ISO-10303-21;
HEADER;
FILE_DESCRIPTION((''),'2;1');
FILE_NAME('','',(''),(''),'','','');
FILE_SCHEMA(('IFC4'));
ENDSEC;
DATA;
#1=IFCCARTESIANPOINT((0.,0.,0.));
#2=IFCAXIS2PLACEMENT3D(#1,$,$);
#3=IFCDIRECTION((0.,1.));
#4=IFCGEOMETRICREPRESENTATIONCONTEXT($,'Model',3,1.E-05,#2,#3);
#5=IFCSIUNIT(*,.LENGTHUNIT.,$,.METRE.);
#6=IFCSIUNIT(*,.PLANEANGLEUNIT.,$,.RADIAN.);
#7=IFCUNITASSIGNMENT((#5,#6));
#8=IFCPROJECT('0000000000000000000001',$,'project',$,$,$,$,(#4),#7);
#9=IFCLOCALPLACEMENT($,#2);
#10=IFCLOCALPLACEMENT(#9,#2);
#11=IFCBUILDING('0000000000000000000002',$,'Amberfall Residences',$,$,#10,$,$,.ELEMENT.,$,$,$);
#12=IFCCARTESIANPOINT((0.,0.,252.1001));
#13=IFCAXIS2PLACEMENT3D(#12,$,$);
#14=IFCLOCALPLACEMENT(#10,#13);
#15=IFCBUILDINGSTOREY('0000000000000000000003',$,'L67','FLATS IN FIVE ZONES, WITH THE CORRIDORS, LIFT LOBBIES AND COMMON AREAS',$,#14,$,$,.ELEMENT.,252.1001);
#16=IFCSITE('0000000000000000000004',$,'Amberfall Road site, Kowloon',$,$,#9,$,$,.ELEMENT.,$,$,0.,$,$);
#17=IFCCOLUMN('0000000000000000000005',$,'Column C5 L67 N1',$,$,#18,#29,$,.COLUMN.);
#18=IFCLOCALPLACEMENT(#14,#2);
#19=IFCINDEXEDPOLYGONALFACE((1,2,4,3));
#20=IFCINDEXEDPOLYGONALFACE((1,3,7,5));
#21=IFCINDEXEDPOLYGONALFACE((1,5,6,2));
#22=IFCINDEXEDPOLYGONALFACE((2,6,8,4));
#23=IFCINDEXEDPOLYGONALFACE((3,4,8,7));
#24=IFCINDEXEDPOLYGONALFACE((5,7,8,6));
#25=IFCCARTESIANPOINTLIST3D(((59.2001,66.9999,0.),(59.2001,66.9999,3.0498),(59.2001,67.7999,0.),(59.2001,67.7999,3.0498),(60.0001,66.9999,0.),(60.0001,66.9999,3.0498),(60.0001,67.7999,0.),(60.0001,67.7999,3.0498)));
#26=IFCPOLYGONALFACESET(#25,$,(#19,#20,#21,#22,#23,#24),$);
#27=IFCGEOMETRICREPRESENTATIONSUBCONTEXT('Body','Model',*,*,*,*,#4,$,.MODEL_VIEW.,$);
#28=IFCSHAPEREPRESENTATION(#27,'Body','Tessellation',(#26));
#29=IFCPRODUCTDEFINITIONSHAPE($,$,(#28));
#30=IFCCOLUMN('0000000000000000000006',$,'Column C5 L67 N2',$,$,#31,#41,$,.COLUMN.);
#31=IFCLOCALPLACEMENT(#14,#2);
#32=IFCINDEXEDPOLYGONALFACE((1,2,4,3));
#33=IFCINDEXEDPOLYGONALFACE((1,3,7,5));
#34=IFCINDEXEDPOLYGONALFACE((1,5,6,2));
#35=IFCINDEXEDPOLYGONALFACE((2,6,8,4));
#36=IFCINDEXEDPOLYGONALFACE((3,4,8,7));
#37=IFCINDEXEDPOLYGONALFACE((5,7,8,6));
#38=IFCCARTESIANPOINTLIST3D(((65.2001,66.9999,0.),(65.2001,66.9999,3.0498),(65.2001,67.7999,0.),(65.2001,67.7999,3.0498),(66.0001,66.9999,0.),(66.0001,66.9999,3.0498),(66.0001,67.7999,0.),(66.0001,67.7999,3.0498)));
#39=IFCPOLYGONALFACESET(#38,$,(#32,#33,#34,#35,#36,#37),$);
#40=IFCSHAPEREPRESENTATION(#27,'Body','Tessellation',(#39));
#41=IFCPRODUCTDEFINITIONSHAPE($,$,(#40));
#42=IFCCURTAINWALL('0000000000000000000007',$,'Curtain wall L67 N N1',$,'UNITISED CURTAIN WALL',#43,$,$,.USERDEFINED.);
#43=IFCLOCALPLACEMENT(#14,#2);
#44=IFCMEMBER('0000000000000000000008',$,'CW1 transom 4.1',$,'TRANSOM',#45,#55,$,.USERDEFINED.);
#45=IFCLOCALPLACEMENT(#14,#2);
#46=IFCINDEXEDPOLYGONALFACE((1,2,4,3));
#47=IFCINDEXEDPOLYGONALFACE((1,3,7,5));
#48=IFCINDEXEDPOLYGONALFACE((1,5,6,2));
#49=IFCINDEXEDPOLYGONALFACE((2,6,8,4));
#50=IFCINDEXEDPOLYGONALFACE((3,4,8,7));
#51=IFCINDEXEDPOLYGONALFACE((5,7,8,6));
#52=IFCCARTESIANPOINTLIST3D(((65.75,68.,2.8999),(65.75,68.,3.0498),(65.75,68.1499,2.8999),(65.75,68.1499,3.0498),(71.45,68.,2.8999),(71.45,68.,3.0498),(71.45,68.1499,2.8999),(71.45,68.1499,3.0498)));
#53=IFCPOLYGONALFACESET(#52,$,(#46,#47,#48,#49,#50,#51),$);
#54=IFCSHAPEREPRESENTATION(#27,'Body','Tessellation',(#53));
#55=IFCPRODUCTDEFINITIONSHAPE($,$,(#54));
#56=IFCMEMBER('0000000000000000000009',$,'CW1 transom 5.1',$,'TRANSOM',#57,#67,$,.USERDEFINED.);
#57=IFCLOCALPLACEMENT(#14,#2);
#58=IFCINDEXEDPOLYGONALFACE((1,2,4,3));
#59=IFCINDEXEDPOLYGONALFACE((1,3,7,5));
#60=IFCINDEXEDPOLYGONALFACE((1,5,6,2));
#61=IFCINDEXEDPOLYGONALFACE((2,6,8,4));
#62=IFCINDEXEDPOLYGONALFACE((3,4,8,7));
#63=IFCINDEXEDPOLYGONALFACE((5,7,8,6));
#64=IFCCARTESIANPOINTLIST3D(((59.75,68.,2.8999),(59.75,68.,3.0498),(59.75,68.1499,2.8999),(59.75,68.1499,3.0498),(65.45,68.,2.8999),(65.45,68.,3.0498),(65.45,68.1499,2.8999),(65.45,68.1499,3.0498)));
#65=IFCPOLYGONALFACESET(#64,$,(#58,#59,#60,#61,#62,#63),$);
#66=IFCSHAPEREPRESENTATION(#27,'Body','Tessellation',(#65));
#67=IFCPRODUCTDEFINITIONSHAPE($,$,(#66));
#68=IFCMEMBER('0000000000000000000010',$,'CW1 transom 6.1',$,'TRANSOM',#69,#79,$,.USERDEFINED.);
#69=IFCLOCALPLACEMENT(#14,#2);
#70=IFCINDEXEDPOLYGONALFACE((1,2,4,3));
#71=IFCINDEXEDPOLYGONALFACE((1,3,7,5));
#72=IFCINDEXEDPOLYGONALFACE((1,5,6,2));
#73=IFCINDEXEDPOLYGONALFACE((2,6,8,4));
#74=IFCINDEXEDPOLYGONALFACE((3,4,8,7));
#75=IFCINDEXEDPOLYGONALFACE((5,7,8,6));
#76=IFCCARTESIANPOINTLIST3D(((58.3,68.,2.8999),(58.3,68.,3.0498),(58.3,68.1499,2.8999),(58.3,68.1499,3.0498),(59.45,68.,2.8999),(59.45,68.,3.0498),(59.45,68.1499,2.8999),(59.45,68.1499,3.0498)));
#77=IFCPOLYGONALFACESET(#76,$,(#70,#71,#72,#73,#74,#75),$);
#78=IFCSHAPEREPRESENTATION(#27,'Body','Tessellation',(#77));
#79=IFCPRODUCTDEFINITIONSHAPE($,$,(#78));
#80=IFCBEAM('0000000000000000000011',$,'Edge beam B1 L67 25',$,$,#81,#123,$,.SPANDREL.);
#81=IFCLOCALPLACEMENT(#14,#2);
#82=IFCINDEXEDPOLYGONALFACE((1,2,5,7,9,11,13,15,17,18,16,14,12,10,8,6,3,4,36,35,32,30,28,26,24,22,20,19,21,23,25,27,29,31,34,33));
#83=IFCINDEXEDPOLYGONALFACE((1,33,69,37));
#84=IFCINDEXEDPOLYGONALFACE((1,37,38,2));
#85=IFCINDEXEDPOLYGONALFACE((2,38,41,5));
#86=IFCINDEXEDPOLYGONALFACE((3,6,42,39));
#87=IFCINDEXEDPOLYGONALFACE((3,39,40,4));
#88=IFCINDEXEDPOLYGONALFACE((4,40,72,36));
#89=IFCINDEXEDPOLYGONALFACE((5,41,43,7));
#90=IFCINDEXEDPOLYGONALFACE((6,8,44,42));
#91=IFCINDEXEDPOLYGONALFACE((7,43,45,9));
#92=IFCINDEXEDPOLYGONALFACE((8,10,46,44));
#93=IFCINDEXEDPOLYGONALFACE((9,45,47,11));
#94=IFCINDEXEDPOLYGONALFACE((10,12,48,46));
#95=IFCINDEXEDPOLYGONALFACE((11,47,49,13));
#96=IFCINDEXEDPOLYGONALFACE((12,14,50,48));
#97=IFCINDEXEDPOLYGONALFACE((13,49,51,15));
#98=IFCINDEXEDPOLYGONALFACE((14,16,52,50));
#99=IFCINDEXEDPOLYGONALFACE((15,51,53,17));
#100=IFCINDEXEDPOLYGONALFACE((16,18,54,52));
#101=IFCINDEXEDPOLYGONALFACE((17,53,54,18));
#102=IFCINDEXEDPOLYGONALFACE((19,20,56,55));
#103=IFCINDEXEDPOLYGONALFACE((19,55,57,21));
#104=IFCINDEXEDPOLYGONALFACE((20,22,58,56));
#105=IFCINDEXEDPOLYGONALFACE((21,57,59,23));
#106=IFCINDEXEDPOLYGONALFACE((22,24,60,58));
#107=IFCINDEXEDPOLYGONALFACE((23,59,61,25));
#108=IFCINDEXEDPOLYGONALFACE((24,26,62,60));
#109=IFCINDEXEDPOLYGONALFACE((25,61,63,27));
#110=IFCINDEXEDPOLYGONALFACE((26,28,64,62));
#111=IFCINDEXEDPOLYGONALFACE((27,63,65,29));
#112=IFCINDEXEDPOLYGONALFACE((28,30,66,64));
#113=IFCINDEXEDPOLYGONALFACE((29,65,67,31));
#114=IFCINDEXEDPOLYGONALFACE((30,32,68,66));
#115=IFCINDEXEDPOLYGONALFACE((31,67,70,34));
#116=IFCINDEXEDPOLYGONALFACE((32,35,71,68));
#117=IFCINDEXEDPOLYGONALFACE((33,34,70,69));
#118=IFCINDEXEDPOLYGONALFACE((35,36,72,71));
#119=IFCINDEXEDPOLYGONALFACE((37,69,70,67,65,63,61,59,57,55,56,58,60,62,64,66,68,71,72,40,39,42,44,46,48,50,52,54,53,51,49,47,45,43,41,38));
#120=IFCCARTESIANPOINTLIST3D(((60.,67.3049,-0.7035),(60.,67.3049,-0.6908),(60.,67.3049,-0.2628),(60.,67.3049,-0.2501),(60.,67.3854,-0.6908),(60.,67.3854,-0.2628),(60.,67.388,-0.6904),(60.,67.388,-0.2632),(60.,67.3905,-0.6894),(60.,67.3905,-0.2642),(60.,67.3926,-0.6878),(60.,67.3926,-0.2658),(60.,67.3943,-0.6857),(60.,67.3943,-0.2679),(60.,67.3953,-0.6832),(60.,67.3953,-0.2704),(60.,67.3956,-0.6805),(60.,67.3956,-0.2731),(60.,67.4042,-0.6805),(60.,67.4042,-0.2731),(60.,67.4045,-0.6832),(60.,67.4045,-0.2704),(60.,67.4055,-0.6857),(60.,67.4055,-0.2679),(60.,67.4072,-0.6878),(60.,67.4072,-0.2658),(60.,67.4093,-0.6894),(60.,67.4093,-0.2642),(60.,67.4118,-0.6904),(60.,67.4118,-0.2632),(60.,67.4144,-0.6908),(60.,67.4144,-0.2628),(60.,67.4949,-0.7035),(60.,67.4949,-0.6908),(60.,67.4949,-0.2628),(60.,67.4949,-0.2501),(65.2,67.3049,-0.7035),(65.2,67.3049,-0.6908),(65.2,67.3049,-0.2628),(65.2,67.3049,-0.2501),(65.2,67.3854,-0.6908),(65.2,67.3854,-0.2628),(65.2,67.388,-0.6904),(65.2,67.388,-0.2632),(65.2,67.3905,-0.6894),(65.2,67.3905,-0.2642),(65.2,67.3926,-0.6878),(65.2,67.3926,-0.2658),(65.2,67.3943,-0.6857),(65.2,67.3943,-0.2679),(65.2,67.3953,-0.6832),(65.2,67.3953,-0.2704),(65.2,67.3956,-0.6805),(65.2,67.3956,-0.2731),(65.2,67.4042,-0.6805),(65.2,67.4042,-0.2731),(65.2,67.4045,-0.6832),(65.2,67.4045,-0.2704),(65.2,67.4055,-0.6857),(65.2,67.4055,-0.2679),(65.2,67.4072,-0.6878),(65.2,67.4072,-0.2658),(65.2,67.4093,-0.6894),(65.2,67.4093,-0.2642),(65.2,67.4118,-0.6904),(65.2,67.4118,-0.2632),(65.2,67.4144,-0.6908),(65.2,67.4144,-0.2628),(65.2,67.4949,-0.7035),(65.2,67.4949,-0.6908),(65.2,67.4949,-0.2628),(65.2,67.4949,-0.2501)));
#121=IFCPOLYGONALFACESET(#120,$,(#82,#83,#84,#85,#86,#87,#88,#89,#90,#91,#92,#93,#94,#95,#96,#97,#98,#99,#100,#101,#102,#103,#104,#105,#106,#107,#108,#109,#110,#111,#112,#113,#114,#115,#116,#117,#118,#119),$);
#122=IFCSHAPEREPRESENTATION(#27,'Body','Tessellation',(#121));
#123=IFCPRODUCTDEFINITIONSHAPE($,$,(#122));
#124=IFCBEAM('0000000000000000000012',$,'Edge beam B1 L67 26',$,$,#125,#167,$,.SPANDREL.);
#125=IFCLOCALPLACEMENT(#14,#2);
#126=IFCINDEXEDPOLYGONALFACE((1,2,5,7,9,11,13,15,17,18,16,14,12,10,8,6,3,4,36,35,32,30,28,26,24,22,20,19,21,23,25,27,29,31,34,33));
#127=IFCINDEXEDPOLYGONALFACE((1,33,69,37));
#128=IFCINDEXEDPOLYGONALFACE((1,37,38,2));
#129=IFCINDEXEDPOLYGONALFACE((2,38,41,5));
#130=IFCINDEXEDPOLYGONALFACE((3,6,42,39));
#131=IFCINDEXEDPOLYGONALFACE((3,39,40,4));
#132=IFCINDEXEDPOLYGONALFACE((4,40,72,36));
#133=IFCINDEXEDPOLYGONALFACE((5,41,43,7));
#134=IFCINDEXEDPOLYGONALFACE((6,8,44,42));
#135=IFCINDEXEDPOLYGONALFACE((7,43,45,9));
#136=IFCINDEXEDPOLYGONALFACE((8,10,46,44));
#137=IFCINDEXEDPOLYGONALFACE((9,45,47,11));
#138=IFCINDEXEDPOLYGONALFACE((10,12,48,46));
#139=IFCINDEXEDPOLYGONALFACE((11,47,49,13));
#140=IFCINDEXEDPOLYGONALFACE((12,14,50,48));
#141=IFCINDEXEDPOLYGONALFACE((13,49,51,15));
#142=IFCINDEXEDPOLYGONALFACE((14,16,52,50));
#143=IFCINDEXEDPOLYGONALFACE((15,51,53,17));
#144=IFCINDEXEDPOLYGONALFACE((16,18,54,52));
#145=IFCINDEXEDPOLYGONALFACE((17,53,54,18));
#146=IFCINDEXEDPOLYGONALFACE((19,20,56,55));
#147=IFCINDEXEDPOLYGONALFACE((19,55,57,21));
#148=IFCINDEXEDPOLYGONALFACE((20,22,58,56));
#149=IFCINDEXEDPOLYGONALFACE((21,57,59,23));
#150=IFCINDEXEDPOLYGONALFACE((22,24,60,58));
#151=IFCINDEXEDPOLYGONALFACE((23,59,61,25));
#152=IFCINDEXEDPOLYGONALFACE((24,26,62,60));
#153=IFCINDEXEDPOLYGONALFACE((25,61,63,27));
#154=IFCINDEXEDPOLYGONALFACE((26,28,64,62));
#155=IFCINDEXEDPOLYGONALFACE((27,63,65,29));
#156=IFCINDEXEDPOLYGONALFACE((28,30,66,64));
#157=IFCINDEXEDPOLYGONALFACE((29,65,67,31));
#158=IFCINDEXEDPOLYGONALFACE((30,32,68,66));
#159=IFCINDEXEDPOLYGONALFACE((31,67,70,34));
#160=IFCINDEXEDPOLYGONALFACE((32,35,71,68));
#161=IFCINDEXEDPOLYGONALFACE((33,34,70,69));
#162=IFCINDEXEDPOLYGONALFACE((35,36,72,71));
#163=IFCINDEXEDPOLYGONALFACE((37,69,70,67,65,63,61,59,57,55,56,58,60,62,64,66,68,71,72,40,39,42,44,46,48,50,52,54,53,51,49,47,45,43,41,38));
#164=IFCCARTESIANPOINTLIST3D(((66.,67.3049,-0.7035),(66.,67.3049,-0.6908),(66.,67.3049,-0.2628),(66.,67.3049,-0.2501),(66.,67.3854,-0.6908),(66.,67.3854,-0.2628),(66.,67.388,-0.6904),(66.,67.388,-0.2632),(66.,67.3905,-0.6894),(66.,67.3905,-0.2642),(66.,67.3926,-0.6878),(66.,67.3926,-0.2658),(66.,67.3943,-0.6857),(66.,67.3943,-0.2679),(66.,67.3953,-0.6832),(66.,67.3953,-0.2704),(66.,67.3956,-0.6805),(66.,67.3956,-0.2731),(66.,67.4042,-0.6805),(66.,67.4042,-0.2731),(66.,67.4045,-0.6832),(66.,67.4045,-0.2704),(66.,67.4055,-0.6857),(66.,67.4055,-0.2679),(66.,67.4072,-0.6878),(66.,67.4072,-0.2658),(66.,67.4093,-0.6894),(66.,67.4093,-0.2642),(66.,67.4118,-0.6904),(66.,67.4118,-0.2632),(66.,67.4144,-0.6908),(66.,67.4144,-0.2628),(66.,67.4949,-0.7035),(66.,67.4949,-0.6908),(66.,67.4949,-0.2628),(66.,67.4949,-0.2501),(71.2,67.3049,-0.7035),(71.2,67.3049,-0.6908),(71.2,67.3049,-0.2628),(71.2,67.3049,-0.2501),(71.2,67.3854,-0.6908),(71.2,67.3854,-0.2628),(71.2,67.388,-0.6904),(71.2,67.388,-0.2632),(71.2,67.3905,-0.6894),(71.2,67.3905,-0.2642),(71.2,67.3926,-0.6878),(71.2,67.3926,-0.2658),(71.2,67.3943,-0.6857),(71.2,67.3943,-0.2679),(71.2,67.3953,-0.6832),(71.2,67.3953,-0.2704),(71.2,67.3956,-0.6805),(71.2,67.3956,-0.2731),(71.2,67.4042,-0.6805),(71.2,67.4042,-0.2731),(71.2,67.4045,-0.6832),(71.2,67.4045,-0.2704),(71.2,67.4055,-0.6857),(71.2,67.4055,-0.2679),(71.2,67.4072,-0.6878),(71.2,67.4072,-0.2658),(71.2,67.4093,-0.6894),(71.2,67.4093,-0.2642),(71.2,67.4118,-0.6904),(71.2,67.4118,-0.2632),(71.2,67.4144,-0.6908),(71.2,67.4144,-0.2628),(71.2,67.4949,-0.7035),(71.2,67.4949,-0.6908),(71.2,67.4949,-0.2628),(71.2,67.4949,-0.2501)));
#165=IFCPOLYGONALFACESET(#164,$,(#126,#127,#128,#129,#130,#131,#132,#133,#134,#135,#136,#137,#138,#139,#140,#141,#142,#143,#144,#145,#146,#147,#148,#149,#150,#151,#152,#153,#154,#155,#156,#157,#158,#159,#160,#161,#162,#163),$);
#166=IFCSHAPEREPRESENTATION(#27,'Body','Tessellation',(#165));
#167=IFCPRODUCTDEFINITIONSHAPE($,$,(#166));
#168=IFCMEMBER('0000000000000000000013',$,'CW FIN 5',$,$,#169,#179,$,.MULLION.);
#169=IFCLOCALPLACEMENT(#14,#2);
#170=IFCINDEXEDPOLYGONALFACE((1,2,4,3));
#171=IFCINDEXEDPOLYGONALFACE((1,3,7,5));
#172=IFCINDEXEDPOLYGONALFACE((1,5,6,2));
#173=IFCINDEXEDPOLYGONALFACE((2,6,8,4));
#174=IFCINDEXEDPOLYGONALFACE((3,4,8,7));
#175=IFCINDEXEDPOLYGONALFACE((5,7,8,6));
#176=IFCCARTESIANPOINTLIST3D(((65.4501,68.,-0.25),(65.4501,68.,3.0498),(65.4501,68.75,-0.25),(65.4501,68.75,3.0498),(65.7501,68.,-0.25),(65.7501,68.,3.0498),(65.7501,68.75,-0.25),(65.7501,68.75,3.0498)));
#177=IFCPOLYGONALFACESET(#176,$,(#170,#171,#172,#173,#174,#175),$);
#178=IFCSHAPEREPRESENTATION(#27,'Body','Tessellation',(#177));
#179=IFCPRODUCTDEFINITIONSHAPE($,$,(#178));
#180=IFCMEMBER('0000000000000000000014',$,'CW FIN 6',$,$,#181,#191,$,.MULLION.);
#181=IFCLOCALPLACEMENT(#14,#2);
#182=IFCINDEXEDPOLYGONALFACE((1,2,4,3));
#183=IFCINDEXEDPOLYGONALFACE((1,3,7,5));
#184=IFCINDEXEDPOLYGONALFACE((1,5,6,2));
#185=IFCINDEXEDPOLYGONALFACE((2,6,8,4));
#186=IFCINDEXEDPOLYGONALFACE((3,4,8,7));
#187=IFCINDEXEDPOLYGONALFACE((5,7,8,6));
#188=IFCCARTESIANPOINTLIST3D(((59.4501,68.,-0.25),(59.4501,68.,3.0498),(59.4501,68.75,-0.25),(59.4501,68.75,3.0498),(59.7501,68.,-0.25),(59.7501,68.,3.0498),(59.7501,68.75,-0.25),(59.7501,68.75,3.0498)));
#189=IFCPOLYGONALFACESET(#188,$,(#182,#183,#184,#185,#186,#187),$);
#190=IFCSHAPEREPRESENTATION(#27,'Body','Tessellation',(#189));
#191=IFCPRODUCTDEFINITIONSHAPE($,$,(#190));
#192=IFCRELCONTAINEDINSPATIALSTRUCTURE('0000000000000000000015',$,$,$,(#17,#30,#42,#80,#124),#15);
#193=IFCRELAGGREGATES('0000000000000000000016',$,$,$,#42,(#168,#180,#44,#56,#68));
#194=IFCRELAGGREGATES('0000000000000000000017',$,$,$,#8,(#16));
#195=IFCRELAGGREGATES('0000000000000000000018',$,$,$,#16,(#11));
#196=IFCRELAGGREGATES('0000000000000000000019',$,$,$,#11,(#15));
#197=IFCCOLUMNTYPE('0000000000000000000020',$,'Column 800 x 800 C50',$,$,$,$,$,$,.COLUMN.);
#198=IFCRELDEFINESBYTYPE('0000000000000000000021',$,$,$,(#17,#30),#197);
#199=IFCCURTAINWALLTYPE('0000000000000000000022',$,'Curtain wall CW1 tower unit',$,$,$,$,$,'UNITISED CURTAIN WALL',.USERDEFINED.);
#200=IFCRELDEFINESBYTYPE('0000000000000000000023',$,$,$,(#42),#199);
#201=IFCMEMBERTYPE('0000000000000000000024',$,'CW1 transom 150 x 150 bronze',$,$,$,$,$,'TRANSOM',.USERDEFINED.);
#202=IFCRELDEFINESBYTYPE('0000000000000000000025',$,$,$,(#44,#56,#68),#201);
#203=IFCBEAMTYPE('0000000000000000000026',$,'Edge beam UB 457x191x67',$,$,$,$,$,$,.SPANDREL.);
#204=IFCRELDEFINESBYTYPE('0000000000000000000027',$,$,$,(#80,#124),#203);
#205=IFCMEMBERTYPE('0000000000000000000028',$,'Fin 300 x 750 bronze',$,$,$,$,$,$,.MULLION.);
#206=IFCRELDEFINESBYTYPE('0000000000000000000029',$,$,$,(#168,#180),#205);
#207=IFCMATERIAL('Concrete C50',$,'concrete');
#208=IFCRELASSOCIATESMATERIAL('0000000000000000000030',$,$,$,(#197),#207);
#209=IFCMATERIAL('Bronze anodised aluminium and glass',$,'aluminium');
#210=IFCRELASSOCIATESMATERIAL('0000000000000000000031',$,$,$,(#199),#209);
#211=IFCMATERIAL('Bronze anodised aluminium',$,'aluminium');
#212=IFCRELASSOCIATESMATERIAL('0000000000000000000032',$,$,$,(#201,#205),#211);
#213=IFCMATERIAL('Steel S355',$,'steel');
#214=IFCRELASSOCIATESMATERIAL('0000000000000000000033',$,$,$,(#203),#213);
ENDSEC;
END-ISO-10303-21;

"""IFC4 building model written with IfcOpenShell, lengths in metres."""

from ifc_helpers import new_model, si_unit, direction, frame, origin, origin_2d, place, context, subcontext, project, spatial, rectangle, i_section, extrude, material, material_profile, profile_set, type_object, element, aggregate, save


model = new_model("IFC4")

# Units and contexts
model_context = context("Model", 3, precision=1e-05, world=origin(), true_north=direction((0.0, 1.0)))
body_context = subcontext(model_context, "Body", "Model", "MODEL_VIEW")
ifc_project = project(units=[si_unit("LENGTHUNIT", "METRE"), si_unit("PLANEANGLEUNIT", "RADIAN")], contexts=[model_context])

# Site, building, storey
site_placement = place(None, origin())
site = spatial("IfcSite", under=ifc_project, at=site_placement, Name="Amberfall Road site, Kowloon", CompositionType="ELEMENT", RefElevation=0.0)
building_placement = place(site_placement, origin())
building = spatial("IfcBuilding", under=site, at=building_placement, Name="Amberfall Residences", CompositionType="ELEMENT")
storey_placement = place(building_placement, frame((0.0, 0.0, 252.1001)))
storey = spatial("IfcBuildingStorey", under=building, at=storey_placement, Name="L67", Description="FLATS IN FIVE ZONES, WITH THE CORRIDORS, LIFT LOBBIES AND COMMON AREAS", CompositionType="ELEMENT", Elevation=252.1001)

# Columns
ifc_material_1 = material(Name="Concrete C50", Category="concrete")
ifc_material_profile_1 = material_profile(ifc_material_1, rectangle(XDim=0.8, YDim=0.8, at=origin_2d()), Name="Column 800 x 800 C50")
ifc_profile_set_1 = profile_set([ifc_material_profile_1], Name="Concrete C50")
column_type = type_object("IfcColumnType", Name="Column 800 x 800 C50", PredefinedType="COLUMN", material=ifc_profile_set_1)
for number, where, z_axis, x_axis, name in (
    (1, (59.6001, 67.3999, 0.0), (0.0, 0.0, 1.0), (1.0, 0.0, 0.0), "Column C5 L67 N1"),
    (2, (65.6001, 67.3999, 0.0), (0.0, 0.0, 1.0), (1.0, 0.0, 0.0), "Column C5 L67 N2"),
):
    element("IfcColumn", number, at=place(storey_placement, frame(where, z_axis=z_axis, x_axis=x_axis)), inside=storey, type_object=column_type, Name=name, PredefinedType="COLUMN", context=body_context, shape_type="SweptSolid", body=[
        extrude(rectangle(XDim=0.8, YDim=0.8, at=origin_2d()), origin(), (0.0, 0.0, 1.0), 3.0498),
    ])

# Curtain wall, members
ifc_material_2 = material(Name="Bronze anodised aluminium and glass", Category="aluminium")
curtain_wall_type = type_object("IfcCurtainWallType", Name="Curtain wall CW1 tower unit", ElementType="UNITISED CURTAIN WALL", PredefinedType="USERDEFINED", material=ifc_material_2)
curtain_wall_placement = place(storey_placement, origin())
curtain_wall = element("IfcCurtainWall", 3, at=curtain_wall_placement, inside=storey, type_object=curtain_wall_type, Name="Curtain wall L67 N N1", ObjectType="UNITISED CURTAIN WALL", PredefinedType="USERDEFINED")
ifc_material_3 = material(Name="Bronze anodised aluminium", Category="aluminium")
ifc_material_profile_2 = material_profile(ifc_material_3, rectangle(XDim=0.1499, YDim=0.1499, at=origin_2d()), Name="CW1 transom 150 x 150 bronze")
ifc_profile_set_2 = profile_set([ifc_material_profile_2], Name="Bronze anodised aluminium")
member_type_1 = type_object("IfcMemberType", Name="CW1 transom 150 x 150 bronze", ElementType="TRANSOM", PredefinedType="USERDEFINED", material=ifc_profile_set_2)
member_1_placement = place(storey_placement, frame((71.45, 68.075, 2.9749), z_axis=(-1.0, 0.0, 0.0), x_axis=(0.0, -1.0, 0.0)))
member_1 = element("IfcMember", 4, at=member_1_placement, type_object=member_type_1, Name="CW1 transom 4.1", ObjectType="TRANSOM", PredefinedType="USERDEFINED", context=body_context, shape_type="SweptSolid", body=[
    extrude(rectangle(XDim=0.1499, YDim=0.1499, at=origin_2d()), origin(), (0.0, 0.0, 1.0), 5.7),
])
member_2_placement = place(storey_placement, frame((65.45, 68.075, 2.9749), z_axis=(-1.0, 0.0, 0.0), x_axis=(0.0, -1.0, 0.0)))
member_2 = element("IfcMember", 5, at=member_2_placement, type_object=member_type_1, Name="CW1 transom 5.1", ObjectType="TRANSOM", PredefinedType="USERDEFINED", context=body_context, shape_type="SweptSolid", body=[
    extrude(rectangle(XDim=0.1499, YDim=0.1499, at=origin_2d()), origin(), (0.0, 0.0, 1.0), 5.7),
])
member_3_placement = place(storey_placement, frame((59.45, 68.075, 2.9749), z_axis=(-1.0, 0.0, 0.0), x_axis=(0.0, -1.0, 0.0)))
member_3 = element("IfcMember", 6, at=member_3_placement, type_object=member_type_1, Name="CW1 transom 6.1", ObjectType="TRANSOM", PredefinedType="USERDEFINED", context=body_context, shape_type="SweptSolid", body=[
    extrude(rectangle(XDim=0.1499, YDim=0.1499, at=origin_2d()), origin(), (0.0, 0.0, 1.0), 1.1499),
])

# Beams
ifc_material_4 = material(Name="Steel S355", Category="steel")
ifc_material_profile_3 = material_profile(ifc_material_4, i_section(OverallWidth=0.1899, OverallDepth=0.4534, WebThickness=0.0085, FlangeThickness=0.0127, FilletRadius=0.0103, at=origin_2d()), Name="UB 457x191x67")
ifc_profile_set_3 = profile_set([ifc_material_profile_3], Name="Steel S355")
beam_type_1 = type_object("IfcBeamType", Name="Edge beam UB 457x191x67", PredefinedType="SPANDREL", material=ifc_profile_set_3)
for number, where, z_axis, x_axis, name in (
    (7, (60.0, 67.3999, -0.4768), (1.0, 0.0, 0.0), (0.0, 1.0, 0.0), "Edge beam B1 L67 25"),
    (8, (66.0, 67.3999, -0.4768), (1.0, 0.0, 0.0), (0.0, 1.0, 0.0), "Edge beam B1 L67 26"),
):
    element("IfcBeam", number, at=place(storey_placement, frame(where, z_axis=z_axis, x_axis=x_axis)), inside=storey, type_object=beam_type_1, Name=name, PredefinedType="SPANDREL", context=body_context, shape_type="SweptSolid", body=[
        extrude(i_section(OverallWidth=0.1899, OverallDepth=0.4534, WebThickness=0.0085, FlangeThickness=0.0127, FilletRadius=0.0103, at=origin_2d()), origin(), (0.0, 0.0, 1.0), 5.2),
    ])

# Members
ifc_material_profile_4 = material_profile(ifc_material_3, rectangle(XDim=0.75, YDim=0.3, at=origin_2d()), Name="Fin 300 x 750 bronze")
ifc_profile_set_4 = profile_set([ifc_material_profile_4], Name="Bronze anodised aluminium")
member_type_2 = type_object("IfcMemberType", Name="Fin 300 x 750 bronze", PredefinedType="MULLION", material=ifc_profile_set_4)
member_4_placement = place(storey_placement, frame((65.6001, 68.375, -0.25), z_axis=(0.0, 0.0, 1.0), x_axis=(0.0, -1.0, 0.0)))
member_4 = element("IfcMember", 9, at=member_4_placement, type_object=member_type_2, Name="CW FIN 5", PredefinedType="MULLION", context=body_context, shape_type="SweptSolid", body=[
    extrude(rectangle(XDim=0.75, YDim=0.3, at=origin_2d()), origin(), (0.0, 0.0, 1.0), 3.2998),
])
member_5_placement = place(storey_placement, frame((59.6001, 68.375, -0.25), z_axis=(0.0, 0.0, 1.0), x_axis=(0.0, -1.0, 0.0)))
member_5 = element("IfcMember", 10, at=member_5_placement, type_object=member_type_2, Name="CW FIN 6", PredefinedType="MULLION", context=body_context, shape_type="SweptSolid", body=[
    extrude(rectangle(XDim=0.75, YDim=0.3, at=origin_2d()), origin(), (0.0, 0.0, 1.0), 3.2998),
])

aggregate(curtain_wall, [member_4, member_5, member_1, member_2, member_3])

save(model, "model.ifc")
